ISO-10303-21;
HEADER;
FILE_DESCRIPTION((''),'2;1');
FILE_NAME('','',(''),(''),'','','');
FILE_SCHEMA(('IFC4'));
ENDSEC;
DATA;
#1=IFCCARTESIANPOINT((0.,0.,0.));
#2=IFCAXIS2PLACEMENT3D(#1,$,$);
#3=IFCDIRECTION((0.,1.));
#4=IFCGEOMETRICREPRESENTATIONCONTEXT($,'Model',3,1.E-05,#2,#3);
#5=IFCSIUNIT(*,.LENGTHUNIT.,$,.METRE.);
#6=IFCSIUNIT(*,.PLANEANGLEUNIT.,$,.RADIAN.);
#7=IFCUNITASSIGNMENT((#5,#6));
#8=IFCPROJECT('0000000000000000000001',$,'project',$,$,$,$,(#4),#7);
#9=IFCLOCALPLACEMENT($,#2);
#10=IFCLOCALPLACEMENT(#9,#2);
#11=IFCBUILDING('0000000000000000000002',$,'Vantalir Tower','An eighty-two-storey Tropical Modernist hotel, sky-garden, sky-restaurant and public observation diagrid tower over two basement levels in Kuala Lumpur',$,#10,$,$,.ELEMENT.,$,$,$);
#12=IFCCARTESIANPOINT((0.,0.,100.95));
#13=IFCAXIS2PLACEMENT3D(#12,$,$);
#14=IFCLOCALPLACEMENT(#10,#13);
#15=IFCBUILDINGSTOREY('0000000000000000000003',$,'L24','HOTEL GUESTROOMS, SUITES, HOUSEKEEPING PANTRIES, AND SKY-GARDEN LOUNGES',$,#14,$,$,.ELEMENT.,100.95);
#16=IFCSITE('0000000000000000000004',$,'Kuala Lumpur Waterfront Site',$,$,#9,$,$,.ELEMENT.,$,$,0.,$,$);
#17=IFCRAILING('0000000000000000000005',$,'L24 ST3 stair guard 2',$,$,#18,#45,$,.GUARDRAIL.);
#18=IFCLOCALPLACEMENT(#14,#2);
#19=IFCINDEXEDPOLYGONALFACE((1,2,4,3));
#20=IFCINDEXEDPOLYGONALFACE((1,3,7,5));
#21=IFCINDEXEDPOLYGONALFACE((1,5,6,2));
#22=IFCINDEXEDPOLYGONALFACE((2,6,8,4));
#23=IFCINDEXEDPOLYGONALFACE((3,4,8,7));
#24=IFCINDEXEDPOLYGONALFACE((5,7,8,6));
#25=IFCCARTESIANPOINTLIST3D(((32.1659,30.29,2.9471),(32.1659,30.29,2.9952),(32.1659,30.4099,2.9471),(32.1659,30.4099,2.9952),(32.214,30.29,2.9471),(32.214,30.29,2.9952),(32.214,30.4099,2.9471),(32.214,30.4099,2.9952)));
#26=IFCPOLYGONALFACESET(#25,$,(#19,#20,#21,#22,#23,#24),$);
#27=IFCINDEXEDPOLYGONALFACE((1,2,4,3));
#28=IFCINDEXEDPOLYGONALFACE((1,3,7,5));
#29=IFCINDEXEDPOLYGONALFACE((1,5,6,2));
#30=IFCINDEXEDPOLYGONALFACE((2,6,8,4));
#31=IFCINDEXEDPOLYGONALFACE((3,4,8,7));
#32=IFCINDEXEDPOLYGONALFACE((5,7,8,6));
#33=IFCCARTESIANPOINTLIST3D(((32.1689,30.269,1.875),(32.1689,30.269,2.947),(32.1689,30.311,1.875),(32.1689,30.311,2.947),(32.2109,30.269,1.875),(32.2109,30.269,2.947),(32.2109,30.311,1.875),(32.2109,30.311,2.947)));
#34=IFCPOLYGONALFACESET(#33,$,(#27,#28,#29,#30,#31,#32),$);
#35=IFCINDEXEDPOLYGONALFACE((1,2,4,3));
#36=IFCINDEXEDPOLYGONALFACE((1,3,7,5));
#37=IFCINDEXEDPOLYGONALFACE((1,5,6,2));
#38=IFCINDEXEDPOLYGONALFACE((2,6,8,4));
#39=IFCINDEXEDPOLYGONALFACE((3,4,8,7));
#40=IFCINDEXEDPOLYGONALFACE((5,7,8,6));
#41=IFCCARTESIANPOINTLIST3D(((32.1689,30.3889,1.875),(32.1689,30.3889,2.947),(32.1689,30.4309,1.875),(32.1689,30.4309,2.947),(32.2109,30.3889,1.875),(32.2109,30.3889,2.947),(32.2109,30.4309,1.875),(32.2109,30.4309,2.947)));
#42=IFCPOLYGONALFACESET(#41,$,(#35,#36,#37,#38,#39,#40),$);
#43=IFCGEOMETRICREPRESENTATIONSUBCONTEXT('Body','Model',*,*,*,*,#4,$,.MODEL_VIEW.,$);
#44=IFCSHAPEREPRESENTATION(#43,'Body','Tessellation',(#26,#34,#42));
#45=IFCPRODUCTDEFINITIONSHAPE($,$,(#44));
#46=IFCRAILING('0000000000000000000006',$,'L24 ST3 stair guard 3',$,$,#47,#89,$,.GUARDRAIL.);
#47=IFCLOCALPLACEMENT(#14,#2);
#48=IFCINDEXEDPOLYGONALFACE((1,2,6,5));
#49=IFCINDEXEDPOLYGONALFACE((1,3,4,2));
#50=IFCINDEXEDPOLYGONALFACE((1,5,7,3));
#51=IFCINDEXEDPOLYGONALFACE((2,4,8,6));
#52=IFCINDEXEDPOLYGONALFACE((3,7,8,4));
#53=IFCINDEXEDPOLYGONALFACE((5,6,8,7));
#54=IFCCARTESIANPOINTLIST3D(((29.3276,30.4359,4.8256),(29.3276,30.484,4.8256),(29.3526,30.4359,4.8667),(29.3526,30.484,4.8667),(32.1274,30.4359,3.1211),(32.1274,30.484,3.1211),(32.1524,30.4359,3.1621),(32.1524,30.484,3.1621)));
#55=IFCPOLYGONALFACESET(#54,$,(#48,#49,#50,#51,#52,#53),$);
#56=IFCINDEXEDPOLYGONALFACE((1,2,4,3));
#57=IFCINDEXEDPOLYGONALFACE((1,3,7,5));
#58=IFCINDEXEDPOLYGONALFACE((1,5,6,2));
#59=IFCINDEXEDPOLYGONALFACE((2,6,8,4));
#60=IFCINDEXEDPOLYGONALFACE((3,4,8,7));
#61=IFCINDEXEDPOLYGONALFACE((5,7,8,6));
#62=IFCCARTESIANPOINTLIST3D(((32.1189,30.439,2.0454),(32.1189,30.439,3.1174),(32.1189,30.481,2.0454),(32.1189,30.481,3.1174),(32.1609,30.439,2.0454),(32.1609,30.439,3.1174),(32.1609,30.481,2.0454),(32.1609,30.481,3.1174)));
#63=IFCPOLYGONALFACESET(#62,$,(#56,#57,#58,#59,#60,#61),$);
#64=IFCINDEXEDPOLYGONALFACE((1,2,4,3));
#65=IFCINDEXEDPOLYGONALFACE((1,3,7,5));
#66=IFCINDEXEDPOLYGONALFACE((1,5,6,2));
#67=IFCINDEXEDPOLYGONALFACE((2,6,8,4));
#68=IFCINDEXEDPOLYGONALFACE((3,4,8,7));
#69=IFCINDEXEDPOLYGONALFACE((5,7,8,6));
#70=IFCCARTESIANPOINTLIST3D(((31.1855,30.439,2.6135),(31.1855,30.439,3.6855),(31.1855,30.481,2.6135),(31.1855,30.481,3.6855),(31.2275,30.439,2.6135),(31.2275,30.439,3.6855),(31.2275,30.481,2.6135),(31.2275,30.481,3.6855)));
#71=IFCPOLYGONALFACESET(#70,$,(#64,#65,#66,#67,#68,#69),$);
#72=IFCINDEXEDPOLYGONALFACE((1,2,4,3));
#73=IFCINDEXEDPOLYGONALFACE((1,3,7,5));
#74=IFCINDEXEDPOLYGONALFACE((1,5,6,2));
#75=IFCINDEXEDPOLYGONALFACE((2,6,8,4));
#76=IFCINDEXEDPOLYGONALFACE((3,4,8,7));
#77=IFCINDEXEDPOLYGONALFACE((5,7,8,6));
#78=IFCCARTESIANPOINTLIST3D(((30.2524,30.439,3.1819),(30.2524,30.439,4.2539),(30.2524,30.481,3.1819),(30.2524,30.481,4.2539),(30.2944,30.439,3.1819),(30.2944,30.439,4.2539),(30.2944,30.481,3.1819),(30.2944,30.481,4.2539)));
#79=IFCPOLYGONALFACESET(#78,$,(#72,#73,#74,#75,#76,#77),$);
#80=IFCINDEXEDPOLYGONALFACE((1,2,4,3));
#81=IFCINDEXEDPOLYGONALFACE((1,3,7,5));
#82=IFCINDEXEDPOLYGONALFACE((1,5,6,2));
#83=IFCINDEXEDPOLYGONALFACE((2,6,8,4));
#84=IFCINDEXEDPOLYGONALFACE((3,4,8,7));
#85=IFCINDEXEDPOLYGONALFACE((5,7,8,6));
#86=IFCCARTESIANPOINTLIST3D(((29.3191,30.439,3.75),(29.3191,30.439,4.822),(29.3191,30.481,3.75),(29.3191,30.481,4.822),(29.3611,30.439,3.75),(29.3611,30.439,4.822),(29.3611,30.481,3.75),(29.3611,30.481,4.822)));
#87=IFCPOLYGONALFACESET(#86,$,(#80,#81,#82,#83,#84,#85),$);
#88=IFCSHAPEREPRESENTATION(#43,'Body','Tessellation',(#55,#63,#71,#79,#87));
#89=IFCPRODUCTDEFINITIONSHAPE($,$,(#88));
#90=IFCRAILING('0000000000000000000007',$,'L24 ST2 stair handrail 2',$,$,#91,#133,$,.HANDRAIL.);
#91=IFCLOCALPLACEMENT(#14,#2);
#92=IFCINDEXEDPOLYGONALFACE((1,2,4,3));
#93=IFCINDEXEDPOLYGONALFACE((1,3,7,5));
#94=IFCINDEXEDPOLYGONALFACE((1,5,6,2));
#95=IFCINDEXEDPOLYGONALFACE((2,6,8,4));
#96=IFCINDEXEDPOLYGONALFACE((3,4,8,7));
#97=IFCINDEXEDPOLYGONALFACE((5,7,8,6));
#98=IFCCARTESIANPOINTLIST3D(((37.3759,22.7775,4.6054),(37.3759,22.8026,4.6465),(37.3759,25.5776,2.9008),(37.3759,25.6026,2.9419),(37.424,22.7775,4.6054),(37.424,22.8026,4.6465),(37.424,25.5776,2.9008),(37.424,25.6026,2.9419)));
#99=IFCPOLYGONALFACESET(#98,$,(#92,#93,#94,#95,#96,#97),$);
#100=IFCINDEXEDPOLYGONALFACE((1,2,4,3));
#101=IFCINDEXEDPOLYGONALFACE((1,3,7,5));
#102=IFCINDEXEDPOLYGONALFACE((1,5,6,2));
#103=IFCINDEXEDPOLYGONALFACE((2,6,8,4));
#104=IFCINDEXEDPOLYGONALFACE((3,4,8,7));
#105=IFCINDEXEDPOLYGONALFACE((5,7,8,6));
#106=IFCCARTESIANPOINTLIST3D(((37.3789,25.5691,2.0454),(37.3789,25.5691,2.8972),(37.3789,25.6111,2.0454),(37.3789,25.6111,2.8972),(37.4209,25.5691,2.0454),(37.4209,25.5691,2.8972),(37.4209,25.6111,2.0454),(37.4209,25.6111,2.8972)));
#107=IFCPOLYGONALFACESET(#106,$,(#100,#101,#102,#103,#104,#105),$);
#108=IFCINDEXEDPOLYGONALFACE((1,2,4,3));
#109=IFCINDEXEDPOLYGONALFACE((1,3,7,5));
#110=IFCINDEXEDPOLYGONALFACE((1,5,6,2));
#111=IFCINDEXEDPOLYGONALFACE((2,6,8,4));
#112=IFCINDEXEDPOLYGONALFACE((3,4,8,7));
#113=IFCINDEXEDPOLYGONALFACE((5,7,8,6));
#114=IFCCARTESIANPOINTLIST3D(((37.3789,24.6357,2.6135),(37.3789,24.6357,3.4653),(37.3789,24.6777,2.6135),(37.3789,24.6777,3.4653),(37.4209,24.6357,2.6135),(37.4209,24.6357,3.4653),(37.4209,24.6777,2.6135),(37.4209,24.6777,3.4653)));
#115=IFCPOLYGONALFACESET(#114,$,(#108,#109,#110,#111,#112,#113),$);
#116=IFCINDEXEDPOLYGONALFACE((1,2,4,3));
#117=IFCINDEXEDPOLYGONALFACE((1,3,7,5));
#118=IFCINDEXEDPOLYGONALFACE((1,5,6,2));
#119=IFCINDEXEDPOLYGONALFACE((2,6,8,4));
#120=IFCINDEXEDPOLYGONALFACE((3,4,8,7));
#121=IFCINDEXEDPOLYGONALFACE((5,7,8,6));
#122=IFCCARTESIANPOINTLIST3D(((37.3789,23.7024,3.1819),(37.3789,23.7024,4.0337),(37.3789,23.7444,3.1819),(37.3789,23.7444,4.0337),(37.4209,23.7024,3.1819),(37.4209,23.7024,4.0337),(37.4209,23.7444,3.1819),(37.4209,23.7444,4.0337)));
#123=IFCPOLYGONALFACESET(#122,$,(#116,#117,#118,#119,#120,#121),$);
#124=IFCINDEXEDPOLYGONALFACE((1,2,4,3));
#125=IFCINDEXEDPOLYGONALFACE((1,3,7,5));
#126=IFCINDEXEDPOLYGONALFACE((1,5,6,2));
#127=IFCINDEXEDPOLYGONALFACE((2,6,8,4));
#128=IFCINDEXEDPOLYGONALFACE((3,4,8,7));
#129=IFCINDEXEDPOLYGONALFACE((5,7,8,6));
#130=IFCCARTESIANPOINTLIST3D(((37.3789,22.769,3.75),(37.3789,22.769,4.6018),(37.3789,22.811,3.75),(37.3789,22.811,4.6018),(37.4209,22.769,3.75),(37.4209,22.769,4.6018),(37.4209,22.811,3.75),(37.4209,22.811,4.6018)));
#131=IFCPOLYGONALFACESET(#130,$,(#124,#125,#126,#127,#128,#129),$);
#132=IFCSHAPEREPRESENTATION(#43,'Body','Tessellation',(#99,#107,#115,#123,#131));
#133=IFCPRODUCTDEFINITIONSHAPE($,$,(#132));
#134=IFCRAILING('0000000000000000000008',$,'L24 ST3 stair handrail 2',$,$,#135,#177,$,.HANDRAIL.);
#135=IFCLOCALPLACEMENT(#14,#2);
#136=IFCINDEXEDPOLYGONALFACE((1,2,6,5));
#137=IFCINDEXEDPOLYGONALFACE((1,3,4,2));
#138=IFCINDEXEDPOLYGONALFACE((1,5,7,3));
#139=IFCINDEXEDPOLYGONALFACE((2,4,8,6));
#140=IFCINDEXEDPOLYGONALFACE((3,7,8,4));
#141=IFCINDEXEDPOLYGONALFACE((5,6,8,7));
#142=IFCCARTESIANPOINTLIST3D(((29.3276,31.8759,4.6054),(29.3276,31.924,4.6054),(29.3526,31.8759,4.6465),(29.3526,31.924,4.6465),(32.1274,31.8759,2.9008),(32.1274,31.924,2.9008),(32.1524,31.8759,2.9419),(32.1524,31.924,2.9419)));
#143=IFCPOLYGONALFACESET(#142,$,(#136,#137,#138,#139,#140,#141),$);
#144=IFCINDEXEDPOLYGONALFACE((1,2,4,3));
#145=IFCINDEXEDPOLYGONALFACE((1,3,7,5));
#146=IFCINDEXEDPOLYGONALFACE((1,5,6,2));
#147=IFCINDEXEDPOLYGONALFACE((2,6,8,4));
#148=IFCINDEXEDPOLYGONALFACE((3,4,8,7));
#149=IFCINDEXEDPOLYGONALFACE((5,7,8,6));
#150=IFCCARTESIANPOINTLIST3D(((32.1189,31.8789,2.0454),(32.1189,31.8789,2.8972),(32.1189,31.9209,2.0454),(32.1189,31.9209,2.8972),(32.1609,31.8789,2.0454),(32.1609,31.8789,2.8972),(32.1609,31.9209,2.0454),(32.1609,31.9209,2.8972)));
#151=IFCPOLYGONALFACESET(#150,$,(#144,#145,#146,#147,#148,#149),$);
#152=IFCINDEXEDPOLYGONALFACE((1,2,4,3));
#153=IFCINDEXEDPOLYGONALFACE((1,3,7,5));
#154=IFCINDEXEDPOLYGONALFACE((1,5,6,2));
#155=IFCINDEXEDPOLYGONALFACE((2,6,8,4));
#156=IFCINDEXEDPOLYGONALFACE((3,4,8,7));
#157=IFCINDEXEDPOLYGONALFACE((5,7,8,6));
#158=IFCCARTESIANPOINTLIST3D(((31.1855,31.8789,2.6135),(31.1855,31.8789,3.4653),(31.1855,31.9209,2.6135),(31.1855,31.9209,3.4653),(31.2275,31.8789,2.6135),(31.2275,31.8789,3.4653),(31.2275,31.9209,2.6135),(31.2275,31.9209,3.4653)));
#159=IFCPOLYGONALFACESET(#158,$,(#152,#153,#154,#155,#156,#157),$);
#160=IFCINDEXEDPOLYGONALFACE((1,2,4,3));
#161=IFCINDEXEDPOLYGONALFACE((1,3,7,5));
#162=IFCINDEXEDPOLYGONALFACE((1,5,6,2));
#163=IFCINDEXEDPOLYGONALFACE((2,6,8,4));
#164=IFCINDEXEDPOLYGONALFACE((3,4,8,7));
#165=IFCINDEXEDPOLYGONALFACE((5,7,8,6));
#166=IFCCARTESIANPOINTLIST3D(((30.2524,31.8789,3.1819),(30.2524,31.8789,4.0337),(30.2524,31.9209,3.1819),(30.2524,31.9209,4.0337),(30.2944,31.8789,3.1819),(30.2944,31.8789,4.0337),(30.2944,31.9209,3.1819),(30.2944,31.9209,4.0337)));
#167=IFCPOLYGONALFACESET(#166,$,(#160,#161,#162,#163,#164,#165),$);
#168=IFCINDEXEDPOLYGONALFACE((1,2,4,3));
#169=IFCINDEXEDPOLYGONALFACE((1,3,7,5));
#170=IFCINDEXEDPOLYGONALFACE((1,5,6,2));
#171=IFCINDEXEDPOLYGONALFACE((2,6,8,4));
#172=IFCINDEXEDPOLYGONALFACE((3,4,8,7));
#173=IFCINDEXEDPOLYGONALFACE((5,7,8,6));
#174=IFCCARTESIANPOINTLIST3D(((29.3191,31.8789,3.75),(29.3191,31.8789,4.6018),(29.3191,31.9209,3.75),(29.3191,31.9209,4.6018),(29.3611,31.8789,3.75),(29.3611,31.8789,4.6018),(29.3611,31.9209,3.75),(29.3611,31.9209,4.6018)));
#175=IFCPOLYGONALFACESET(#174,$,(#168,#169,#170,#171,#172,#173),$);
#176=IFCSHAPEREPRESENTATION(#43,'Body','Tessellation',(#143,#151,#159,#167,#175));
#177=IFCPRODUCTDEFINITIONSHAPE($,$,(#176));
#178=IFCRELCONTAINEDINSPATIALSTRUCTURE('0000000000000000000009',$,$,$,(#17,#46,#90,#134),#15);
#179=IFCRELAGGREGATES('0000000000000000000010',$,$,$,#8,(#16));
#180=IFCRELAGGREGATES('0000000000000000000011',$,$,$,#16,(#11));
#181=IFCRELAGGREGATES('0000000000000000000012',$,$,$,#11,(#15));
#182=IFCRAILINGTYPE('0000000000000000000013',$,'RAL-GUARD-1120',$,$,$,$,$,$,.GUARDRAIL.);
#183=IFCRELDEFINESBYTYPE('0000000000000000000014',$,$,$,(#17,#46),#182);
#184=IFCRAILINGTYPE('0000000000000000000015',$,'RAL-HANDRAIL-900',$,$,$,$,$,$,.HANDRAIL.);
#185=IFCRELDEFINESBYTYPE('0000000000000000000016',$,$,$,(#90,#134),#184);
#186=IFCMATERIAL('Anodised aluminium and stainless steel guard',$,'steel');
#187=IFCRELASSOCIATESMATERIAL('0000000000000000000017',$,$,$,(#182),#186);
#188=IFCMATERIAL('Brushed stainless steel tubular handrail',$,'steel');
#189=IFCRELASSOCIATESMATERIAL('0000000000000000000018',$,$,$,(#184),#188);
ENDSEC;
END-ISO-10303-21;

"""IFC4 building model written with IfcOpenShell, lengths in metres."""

from ifc_helpers import new_model, si_unit, direction, frame, origin, origin_2d, place, context, subcontext, project, spatial, rectangle, extrude, material, type_object, element, save


model = new_model("IFC4")

# Units and contexts
model_context = context("Model", 3, precision=1e-05, world=origin(), true_north=direction((0.0, 1.0)))
body_context = subcontext(model_context, "Body", "Model", "MODEL_VIEW")
ifc_project = project(units=[si_unit("LENGTHUNIT", "METRE"), si_unit("PLANEANGLEUNIT", "RADIAN")], contexts=[model_context])

# Site, building, storey
site_placement = place(None, origin())
site = spatial("IfcSite", under=ifc_project, at=site_placement, Name="Kuala Lumpur Waterfront Site", CompositionType="ELEMENT", RefElevation=0.0)
building_placement = place(site_placement, origin())
building = spatial("IfcBuilding", under=site, at=building_placement, Name="Vantalir Tower", Description="An eighty-two-storey Tropical Modernist hotel, sky-garden, sky-restaurant and public observation diagrid tower over two basement levels in Kuala Lumpur", CompositionType="ELEMENT")
storey_placement = place(building_placement, frame((0.0, 0.0, 100.95)))
storey = spatial("IfcBuildingStorey", under=building, at=storey_placement, Name="L24", Description="HOTEL GUESTROOMS, SUITES, HOUSEKEEPING PANTRIES, AND SKY-GARDEN LOUNGES", CompositionType="ELEMENT", Elevation=100.95)

# Railings
ifc_material_1 = material(Name="Anodised aluminium and stainless steel guard", Category="steel")
railing_type_1 = type_object("IfcRailingType", Name="RAL-GUARD-1120", PredefinedType="GUARDRAIL", material=ifc_material_1)
railing_1_placement = place(storey_placement, frame((32.1899, 30.29, 1.875)))
element("IfcRailing", 1, at=railing_1_placement, inside=storey, type_object=railing_type_1, Name="L24 ST3 stair guard 2", PredefinedType="GUARDRAIL", context=body_context, shape_type="SweptSolid", body=[
    extrude(rectangle(XDim=0.0481, YDim=0.0481, at=origin_2d()), frame((0.0, 0.0, 1.0962), z_axis=(0.0, 1.0, 0.0), x_axis=(-1.0, 0.0, 0.0)), (0.0, 0.0, 1.0), 0.1199),
    extrude(rectangle(XDim=0.042, YDim=0.042, at=origin_2d()), origin(), (0.0, 0.0, 1.0), 1.072),
    extrude(rectangle(XDim=0.042, YDim=0.042, at=origin_2d()), frame((0.0, 0.1199, 0.0)), (0.0, 0.0, 1.0), 1.072),
])
railing_2_placement = place(storey_placement, frame((32.1399, 30.46, 2.0454)))
element("IfcRailing", 2, at=railing_2_placement, inside=storey, type_object=railing_type_1, Name="L24 ST3 stair guard 3", PredefinedType="GUARDRAIL", context=body_context, shape_type="SweptSolid", body=[
    extrude(rectangle(XDim=0.0481, YDim=0.0481, at=origin_2d()), frame((0.0, 0.0, 1.0962), z_axis=(-0.85415, 0.0, 0.520027), x_axis=(0.0, -1.0, 0.0)), (0.0, 0.0, 1.0), 3.2778),
    extrude(rectangle(XDim=0.042, YDim=0.042, at=origin_2d()), origin(), (0.0, 0.0, 1.0), 1.072),
    extrude(rectangle(XDim=0.042, YDim=0.042, at=origin_2d()), frame((-0.9333, 0.0, 0.5681)), (0.0, 0.0, 1.0), 1.072),
    extrude(rectangle(XDim=0.042, YDim=0.042, at=origin_2d()), frame((-1.8665, 0.0, 1.1365)), (0.0, 0.0, 1.0), 1.072),
    extrude(rectangle(XDim=0.042, YDim=0.042, at=origin_2d()), frame((-2.7998, 0.0, 1.7046)), (0.0, 0.0, 1.0), 1.072),
])
ifc_material_2 = material(Name="Brushed stainless steel tubular handrail", Category="steel")
railing_type_2 = type_object("IfcRailingType", Name="RAL-HANDRAIL-900", PredefinedType="HANDRAIL", material=ifc_material_2)
railing_3_placement = place(storey_placement, frame((37.3999, 25.5901, 2.0454)))
element("IfcRailing", 3, at=railing_3_placement, inside=storey, type_object=railing_type_2, Name="L24 ST2 stair handrail 2", PredefinedType="HANDRAIL", context=body_context, shape_type="SweptSolid", body=[
    extrude(rectangle(XDim=0.0481, YDim=0.0481, at=origin_2d()), frame((0.0, 0.0, 0.876), z_axis=(0.0, -0.85417, 0.519994), x_axis=(1.0, 0.0, 0.0)), (0.0, 0.0, 1.0), 3.2781),
    extrude(rectangle(XDim=0.042, YDim=0.042, at=origin_2d()), origin(), (0.0, 0.0, 1.0), 0.8518),
    extrude(rectangle(XDim=0.042, YDim=0.042, at=origin_2d()), frame((0.0, -0.9333, 0.5681)), (0.0, 0.0, 1.0), 0.8518),
    extrude(rectangle(XDim=0.042, YDim=0.042, at=origin_2d()), frame((0.0, -1.8667, 1.1365)), (0.0, 0.0, 1.0), 0.8518),
    extrude(rectangle(XDim=0.042, YDim=0.042, at=origin_2d()), frame((0.0, -2.8, 1.7046)), (0.0, 0.0, 1.0), 0.8518),
])
railing_4_placement = place(storey_placement, frame((32.1399, 31.8999, 2.0454)))
element("IfcRailing", 4, at=railing_4_placement, inside=storey, type_object=railing_type_2, Name="L24 ST3 stair handrail 2", PredefinedType="HANDRAIL", context=body_context, shape_type="SweptSolid", body=[
    extrude(rectangle(XDim=0.0481, YDim=0.0481, at=origin_2d()), frame((0.0, 0.0, 0.876), z_axis=(-0.85415, 0.0, 0.520027), x_axis=(0.0, -1.0, 0.0)), (0.0, 0.0, 1.0), 3.2778),
    extrude(rectangle(XDim=0.042, YDim=0.042, at=origin_2d()), origin(), (0.0, 0.0, 1.0), 0.8518),
    extrude(rectangle(XDim=0.042, YDim=0.042, at=origin_2d()), frame((-0.9333, 0.0, 0.5681)), (0.0, 0.0, 1.0), 0.8518),
    extrude(rectangle(XDim=0.042, YDim=0.042, at=origin_2d()), frame((-1.8665, 0.0, 1.1365)), (0.0, 0.0, 1.0), 0.8518),
    extrude(rectangle(XDim=0.042, YDim=0.042, at=origin_2d()), frame((-2.7998, 0.0, 1.7046)), (0.0, 0.0, 1.0), 0.8518),
])

save(model, "model.ifc")
